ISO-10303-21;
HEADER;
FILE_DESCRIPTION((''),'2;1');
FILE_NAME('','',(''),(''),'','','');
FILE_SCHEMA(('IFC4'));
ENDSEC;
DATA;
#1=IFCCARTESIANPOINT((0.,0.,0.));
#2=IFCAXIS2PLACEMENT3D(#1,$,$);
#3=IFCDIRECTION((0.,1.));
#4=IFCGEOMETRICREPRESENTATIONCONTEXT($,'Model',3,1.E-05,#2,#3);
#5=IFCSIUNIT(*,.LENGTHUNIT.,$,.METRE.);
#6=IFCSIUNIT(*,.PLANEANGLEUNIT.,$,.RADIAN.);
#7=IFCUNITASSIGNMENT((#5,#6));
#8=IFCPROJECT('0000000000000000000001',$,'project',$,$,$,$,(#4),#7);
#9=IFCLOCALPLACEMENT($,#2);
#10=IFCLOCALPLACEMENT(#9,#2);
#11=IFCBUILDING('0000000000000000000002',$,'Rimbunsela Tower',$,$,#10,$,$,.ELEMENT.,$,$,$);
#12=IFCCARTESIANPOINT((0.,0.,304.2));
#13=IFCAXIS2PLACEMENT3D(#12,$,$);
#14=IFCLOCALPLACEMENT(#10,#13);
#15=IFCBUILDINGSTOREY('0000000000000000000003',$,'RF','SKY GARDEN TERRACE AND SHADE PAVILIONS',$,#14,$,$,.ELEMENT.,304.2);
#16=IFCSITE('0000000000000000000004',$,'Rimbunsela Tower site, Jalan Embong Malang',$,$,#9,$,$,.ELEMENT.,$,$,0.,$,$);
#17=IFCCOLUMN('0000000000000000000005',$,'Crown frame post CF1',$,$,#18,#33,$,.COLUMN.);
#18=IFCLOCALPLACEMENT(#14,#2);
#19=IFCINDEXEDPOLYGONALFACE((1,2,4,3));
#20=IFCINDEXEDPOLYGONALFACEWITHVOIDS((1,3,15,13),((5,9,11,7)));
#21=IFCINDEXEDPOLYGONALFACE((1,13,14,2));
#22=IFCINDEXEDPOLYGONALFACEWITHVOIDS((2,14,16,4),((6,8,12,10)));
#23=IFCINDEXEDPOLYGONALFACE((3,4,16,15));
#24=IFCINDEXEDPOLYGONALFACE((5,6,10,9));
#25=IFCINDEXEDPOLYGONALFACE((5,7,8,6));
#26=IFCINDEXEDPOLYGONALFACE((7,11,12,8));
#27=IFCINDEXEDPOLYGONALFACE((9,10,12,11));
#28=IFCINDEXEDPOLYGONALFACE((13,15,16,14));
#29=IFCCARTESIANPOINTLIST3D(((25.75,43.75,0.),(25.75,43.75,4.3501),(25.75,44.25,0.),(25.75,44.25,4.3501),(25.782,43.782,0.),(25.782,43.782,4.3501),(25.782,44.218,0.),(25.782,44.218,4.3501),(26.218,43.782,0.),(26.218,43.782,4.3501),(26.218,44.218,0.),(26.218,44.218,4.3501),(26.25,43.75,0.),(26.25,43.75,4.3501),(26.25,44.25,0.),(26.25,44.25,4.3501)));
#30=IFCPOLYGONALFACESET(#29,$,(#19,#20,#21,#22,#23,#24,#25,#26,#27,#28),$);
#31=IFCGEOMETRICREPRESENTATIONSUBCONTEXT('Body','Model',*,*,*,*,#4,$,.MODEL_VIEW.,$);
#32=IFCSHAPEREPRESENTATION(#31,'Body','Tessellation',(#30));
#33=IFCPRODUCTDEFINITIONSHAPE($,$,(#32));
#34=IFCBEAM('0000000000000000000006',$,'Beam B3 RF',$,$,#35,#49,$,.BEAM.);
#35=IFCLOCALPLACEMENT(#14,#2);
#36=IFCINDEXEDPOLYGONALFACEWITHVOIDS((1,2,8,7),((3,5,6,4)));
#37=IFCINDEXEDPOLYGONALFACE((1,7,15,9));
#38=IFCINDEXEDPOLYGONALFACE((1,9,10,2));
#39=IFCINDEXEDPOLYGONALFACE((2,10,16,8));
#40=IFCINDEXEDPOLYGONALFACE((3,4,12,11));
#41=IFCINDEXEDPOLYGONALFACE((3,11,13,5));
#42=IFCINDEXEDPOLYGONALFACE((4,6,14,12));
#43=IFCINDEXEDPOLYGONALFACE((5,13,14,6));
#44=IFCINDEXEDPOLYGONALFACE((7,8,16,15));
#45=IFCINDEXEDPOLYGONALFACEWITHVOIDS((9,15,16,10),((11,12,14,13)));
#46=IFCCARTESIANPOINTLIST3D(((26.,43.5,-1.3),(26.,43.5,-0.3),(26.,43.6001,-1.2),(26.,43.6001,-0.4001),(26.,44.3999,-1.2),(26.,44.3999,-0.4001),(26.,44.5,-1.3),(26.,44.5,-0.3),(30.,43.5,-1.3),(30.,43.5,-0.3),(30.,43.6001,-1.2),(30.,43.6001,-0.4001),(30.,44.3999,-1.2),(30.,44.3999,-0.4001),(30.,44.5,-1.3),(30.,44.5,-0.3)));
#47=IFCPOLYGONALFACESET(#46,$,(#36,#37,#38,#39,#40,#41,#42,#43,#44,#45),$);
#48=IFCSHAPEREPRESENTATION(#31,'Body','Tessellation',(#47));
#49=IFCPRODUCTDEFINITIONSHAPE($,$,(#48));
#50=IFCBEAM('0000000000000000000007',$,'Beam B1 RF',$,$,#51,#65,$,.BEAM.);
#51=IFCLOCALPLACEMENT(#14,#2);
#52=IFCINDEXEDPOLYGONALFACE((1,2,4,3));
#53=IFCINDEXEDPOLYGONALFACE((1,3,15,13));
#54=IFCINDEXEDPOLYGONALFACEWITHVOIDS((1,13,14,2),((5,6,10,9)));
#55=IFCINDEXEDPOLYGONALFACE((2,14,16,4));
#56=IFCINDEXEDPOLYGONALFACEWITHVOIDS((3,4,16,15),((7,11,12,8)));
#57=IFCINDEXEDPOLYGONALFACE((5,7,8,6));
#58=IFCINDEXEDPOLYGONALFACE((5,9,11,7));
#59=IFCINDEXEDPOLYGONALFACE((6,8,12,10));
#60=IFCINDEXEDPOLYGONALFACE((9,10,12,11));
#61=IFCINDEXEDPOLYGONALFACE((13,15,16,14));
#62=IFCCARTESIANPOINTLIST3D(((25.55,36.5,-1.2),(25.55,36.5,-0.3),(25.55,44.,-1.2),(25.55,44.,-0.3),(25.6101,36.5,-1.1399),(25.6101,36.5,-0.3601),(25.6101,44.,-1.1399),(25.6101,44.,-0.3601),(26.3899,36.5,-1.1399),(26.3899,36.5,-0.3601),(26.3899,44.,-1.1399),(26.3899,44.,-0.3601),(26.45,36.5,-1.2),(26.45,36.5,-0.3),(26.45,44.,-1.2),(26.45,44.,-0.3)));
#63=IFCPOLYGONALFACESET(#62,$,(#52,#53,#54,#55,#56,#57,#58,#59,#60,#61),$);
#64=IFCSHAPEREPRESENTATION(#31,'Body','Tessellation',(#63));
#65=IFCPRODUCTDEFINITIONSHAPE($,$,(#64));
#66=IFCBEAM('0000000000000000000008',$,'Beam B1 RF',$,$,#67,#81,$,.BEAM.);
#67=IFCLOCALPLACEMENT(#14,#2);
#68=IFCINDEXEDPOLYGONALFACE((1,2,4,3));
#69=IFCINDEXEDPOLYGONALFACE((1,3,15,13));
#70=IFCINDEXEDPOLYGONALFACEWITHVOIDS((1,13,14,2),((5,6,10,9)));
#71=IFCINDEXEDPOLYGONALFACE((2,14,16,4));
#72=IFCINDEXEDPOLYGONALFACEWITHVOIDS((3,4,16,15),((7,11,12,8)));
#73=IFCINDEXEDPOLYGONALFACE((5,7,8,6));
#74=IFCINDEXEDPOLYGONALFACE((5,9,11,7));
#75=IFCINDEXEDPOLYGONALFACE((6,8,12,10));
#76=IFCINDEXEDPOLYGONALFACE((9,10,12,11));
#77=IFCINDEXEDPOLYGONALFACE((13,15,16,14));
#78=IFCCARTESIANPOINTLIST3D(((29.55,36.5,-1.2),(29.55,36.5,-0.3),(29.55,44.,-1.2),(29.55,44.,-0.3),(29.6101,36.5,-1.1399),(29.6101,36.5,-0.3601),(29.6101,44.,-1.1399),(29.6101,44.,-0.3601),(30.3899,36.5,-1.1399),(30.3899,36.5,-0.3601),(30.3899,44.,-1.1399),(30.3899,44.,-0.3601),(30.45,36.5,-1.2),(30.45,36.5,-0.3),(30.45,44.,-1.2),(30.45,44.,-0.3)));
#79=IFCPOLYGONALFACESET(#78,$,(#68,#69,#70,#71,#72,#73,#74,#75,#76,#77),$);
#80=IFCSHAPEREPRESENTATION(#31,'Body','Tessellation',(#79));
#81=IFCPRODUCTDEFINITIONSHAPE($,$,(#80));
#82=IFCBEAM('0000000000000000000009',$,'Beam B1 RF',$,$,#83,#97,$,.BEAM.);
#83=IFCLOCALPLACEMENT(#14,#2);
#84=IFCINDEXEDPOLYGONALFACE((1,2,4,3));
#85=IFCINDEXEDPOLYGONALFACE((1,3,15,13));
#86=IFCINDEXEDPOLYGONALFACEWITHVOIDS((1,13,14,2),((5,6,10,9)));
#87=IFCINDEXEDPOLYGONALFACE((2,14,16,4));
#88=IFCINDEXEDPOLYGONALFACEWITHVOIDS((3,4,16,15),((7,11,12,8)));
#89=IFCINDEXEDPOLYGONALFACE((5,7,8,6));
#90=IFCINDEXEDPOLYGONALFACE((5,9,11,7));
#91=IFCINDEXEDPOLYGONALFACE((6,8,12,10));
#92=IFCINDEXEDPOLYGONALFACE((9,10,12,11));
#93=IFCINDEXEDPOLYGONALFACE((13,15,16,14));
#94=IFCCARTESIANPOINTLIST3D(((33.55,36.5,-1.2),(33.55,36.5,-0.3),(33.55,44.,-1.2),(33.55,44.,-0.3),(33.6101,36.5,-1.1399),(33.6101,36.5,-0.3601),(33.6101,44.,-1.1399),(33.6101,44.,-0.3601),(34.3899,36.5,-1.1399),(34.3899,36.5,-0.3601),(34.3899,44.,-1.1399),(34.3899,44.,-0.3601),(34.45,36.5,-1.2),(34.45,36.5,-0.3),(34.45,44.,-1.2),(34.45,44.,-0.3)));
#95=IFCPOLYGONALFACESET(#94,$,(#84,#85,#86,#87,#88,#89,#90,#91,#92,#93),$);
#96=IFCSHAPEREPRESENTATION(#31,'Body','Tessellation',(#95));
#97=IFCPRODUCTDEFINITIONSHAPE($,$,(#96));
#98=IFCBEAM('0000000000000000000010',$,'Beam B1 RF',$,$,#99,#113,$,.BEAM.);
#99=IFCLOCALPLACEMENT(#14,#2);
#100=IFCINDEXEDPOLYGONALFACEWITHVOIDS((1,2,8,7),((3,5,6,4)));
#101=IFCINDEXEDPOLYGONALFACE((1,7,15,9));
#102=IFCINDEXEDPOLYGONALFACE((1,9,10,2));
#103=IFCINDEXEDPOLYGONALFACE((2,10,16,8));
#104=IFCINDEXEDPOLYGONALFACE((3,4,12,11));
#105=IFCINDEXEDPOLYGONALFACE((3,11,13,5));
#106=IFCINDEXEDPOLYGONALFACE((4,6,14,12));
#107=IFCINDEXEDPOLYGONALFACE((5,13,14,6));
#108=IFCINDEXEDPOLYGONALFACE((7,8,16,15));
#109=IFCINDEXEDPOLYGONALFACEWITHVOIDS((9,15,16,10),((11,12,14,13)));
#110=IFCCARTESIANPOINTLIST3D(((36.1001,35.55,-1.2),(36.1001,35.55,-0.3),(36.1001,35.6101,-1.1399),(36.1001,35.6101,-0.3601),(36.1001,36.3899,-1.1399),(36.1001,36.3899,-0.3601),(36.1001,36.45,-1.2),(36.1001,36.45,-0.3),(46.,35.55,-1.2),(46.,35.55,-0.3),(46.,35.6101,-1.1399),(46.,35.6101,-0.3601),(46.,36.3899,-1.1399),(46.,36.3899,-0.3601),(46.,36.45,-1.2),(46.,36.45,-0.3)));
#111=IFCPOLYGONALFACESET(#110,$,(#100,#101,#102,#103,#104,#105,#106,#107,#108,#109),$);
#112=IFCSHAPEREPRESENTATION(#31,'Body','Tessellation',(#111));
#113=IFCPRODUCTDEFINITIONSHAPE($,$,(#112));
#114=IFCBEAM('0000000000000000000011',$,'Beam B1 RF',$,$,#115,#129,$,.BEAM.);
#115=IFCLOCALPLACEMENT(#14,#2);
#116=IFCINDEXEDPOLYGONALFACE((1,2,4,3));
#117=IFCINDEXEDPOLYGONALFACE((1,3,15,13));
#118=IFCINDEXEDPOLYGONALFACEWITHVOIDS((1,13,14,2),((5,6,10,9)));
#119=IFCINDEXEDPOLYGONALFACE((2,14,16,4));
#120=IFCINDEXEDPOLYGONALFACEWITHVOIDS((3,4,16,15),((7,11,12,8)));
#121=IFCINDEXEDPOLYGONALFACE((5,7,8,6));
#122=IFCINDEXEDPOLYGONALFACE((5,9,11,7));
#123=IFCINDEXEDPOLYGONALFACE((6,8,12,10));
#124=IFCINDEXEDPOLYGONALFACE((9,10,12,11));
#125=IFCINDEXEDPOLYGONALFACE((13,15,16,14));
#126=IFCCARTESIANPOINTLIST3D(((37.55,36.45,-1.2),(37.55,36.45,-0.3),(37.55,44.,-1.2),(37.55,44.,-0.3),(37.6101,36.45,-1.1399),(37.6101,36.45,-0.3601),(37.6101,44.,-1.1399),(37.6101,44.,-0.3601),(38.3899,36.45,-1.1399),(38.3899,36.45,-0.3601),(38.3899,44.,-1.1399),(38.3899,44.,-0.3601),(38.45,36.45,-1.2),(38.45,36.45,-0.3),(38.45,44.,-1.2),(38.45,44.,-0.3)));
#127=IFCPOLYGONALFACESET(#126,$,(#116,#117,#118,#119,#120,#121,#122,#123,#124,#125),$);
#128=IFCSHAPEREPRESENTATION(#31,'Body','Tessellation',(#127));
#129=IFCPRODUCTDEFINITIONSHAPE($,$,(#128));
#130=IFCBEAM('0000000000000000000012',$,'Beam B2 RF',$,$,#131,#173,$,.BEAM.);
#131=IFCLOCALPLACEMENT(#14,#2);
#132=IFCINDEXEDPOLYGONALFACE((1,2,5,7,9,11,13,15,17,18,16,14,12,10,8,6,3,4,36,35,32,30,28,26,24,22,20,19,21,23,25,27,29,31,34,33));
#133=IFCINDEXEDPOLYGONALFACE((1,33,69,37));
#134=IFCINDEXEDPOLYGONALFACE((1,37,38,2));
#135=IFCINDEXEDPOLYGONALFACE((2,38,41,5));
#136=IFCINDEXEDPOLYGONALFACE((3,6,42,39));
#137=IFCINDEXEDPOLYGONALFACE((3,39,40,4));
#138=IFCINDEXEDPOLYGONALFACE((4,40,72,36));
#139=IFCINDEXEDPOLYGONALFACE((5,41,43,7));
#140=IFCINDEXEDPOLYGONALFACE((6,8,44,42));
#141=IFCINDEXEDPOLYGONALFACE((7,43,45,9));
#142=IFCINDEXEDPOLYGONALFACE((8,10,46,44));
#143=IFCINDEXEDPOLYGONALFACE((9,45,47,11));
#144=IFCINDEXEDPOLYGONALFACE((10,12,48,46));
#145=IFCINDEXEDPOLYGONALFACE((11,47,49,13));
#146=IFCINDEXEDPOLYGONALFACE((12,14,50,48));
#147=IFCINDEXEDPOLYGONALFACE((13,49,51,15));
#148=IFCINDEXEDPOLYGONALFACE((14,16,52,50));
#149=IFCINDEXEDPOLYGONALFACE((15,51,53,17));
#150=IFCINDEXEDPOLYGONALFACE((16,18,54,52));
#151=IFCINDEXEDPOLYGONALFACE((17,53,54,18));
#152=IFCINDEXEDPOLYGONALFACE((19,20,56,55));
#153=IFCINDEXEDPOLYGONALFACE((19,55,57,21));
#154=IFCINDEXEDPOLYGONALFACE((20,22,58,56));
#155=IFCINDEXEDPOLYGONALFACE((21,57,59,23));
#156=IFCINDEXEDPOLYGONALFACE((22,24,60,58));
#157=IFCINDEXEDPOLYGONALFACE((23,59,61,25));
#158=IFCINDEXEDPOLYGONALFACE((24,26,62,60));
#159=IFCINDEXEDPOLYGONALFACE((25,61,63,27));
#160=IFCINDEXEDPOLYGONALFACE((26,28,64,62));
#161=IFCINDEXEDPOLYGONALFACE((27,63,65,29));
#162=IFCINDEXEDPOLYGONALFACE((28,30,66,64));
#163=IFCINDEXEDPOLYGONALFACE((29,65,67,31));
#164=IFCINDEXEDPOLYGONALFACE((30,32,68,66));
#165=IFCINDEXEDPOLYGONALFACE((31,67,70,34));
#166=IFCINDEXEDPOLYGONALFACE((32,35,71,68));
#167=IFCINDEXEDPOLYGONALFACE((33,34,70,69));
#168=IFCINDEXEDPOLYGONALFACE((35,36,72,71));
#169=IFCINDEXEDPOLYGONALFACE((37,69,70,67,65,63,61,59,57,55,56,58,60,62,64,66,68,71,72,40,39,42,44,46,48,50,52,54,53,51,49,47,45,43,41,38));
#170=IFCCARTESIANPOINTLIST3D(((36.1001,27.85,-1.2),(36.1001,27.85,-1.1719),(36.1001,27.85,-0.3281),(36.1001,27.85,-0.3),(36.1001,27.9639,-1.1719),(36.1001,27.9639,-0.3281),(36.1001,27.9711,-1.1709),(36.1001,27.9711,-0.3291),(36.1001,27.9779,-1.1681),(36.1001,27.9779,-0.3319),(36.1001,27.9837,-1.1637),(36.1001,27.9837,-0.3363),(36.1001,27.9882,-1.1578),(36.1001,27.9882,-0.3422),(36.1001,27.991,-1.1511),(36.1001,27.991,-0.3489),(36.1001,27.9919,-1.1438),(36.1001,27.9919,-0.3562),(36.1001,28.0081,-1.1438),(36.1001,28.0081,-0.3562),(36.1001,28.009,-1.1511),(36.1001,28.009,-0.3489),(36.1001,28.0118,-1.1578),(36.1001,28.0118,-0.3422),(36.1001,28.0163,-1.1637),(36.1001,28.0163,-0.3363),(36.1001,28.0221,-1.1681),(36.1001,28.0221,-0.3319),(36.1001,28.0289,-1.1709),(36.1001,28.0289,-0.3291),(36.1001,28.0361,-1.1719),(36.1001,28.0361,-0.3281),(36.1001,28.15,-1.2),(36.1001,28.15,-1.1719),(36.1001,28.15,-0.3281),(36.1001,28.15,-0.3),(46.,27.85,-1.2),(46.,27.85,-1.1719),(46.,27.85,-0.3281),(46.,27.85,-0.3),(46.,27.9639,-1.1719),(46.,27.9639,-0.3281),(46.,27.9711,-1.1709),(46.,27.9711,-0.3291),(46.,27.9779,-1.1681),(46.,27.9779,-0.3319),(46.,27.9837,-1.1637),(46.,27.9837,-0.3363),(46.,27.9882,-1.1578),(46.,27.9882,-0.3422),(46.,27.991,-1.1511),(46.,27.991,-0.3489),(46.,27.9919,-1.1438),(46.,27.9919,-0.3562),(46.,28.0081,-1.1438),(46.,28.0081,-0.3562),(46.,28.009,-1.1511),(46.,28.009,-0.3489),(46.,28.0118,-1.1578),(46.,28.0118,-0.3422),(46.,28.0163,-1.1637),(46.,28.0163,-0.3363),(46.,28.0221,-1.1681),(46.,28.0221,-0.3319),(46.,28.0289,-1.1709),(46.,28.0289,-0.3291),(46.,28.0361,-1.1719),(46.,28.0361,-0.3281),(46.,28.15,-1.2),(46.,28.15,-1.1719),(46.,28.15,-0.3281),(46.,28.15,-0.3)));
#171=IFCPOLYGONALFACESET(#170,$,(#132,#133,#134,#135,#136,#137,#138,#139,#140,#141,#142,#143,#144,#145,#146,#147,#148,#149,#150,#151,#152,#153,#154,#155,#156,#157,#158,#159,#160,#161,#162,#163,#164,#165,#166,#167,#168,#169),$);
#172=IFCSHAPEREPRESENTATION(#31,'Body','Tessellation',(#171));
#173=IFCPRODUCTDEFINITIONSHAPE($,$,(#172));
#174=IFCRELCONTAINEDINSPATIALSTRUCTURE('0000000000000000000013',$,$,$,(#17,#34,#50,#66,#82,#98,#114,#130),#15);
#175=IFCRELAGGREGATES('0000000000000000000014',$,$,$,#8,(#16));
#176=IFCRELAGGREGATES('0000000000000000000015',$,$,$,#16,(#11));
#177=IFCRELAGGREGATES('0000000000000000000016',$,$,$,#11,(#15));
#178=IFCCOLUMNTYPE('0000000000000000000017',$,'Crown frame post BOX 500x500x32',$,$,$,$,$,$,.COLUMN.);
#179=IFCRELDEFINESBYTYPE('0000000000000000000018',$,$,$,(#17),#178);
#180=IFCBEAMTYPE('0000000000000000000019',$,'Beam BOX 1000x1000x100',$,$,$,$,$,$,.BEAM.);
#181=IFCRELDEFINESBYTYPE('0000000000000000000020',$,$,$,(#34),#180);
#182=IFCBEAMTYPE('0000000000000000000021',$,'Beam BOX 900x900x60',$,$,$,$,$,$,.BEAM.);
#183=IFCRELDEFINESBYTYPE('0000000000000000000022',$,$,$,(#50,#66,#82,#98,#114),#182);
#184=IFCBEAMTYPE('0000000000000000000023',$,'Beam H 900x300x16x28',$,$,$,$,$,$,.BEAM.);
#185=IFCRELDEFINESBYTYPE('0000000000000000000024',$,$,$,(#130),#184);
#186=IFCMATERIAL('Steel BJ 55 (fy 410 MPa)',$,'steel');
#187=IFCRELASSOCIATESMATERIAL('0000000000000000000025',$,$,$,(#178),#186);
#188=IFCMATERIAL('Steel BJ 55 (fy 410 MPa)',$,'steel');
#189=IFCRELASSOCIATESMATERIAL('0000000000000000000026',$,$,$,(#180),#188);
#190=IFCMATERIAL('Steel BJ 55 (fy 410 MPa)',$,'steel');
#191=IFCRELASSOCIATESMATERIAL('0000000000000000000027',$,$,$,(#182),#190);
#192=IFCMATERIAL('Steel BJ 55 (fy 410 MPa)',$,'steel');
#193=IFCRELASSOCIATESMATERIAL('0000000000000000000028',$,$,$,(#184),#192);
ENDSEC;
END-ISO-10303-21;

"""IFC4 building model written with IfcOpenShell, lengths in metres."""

from ifc_helpers import new_model, si_unit, direction, frame, origin, origin_2d, place, context, subcontext, project, spatial, hollow_rectangle, i_section, extrude, material, material_profile, profile_set, type_object, element, save


model = new_model("IFC4")

# Units and contexts
model_context = context("Model", 3, precision=1e-05, world=origin(), true_north=direction((0.0, 1.0)))
body_context = subcontext(model_context, "Body", "Model", "MODEL_VIEW")
ifc_project = project(units=[si_unit("LENGTHUNIT", "METRE"), si_unit("PLANEANGLEUNIT", "RADIAN")], contexts=[model_context])

# Site, building, storey
site_placement = place(None, origin())
site = spatial("IfcSite", under=ifc_project, at=site_placement, Name="Rimbunsela Tower site, Jalan Embong Malang", CompositionType="ELEMENT", RefElevation=0.0)
building_placement = place(site_placement, origin())
building = spatial("IfcBuilding", under=site, at=building_placement, Name="Rimbunsela Tower", CompositionType="ELEMENT")
storey_placement = place(building_placement, frame((0.0, 0.0, 304.2)))
storey = spatial("IfcBuildingStorey", under=building, at=storey_placement, Name="RF", Description="SKY GARDEN TERRACE AND SHADE PAVILIONS", CompositionType="ELEMENT", Elevation=304.2)

# Column
ifc_material_1 = material(Name="Steel BJ 55 (fy 410 MPa)", Category="steel")
ifc_material_profile_1 = material_profile(ifc_material_1, hollow_rectangle(XDim=0.5, YDim=0.5, WallThickness=0.032, at=origin_2d()), Name="BOX 500x500x32")
ifc_profile_set_1 = profile_set([ifc_material_profile_1], Name="Steel BJ 55 (fy 410 MPa)")
column_type = type_object("IfcColumnType", Name="Crown frame post BOX 500x500x32", PredefinedType="COLUMN", material=ifc_profile_set_1)
column_placement = place(storey_placement, frame((26.0, 44.0, 0.0), z_axis=(0.0, 0.0, 1.0), x_axis=(1.0, 0.0, 0.0)))
element("IfcColumn", 1, at=column_placement, inside=storey, type_object=column_type, Name="Crown frame post CF1", PredefinedType="COLUMN", context=body_context, shape_type="SweptSolid", body=[
    extrude(hollow_rectangle(XDim=0.5, YDim=0.5, WallThickness=0.032, at=origin_2d()), origin(), (0.0, 0.0, 1.0), 4.3501),
])

# Beams
ifc_material_2 = material(Name="Steel BJ 55 (fy 410 MPa)", Category="steel")
ifc_material_profile_2 = material_profile(ifc_material_2, hollow_rectangle(XDim=1.0, YDim=1.0, WallThickness=0.1001, at=origin_2d()), Name="BOX 1000x1000x100")
ifc_profile_set_2 = profile_set([ifc_material_profile_2], Name="Steel BJ 55 (fy 410 MPa)")
beam_type_1 = type_object("IfcBeamType", Name="Beam BOX 1000x1000x100", PredefinedType="BEAM", material=ifc_profile_set_2)
beam_1_placement = place(storey_placement, frame((26.0, 44.0, -0.8), z_axis=(1.0, 0.0, 0.0), x_axis=(0.0, 1.0, 0.0)))
element("IfcBeam", 2, at=beam_1_placement, inside=storey, type_object=beam_type_1, Name="Beam B3 RF", PredefinedType="BEAM", context=body_context, shape_type="SweptSolid", body=[
    extrude(hollow_rectangle(XDim=1.0, YDim=1.0, WallThickness=0.1001, at=origin_2d()), origin(), (0.0, 0.0, 1.0), 4.0),
])
ifc_material_3 = material(Name="Steel BJ 55 (fy 410 MPa)", Category="steel")
ifc_material_profile_3 = material_profile(ifc_material_3, hollow_rectangle(XDim=0.8999, YDim=0.8999, WallThickness=0.0601, at=origin_2d()), Name="BOX 900x900x60")
ifc_profile_set_3 = profile_set([ifc_material_profile_3], Name="Steel BJ 55 (fy 410 MPa)")
beam_type_2 = type_object("IfcBeamType", Name="Beam BOX 900x900x60", PredefinedType="BEAM", material=ifc_profile_set_3)
for number, where, z_axis, x_axis, name in (
    (3, (26.0, 36.5, -0.75), (0.0, 1.0, 0.0), (-1.0, 0.0, 0.0), "Beam B1 RF"),
    (4, (30.0, 36.5, -0.75), (0.0, 1.0, 0.0), (-1.0, 0.0, 0.0), "Beam B1 RF"),
    (5, (34.0, 36.5, -0.75), (0.0, 1.0, 0.0), (-1.0, 0.0, 0.0), "Beam B1 RF"),
):
    element("IfcBeam", number, at=place(storey_placement, frame(where, z_axis=z_axis, x_axis=x_axis)), inside=storey, type_object=beam_type_2, Name=name, PredefinedType="BEAM", context=body_context, shape_type="SweptSolid", body=[
        extrude(hollow_rectangle(XDim=0.8999, YDim=0.8999, WallThickness=0.0601, at=origin_2d()), origin(), (0.0, 0.0, 1.0), 7.5),
    ])
beam_2_placement = place(storey_placement, frame((36.1001, 36.0, -0.75), z_axis=(1.0, 0.0, 0.0), x_axis=(0.0, 1.0, 0.0)))
element("IfcBeam", 6, at=beam_2_placement, inside=storey, type_object=beam_type_2, Name="Beam B1 RF", PredefinedType="BEAM", context=body_context, shape_type="SweptSolid", body=[
    extrude(hollow_rectangle(XDim=0.8999, YDim=0.8999, WallThickness=0.0601, at=origin_2d()), origin(), (0.0, 0.0, 1.0), 9.8999),
])
beam_3_placement = place(storey_placement, frame((38.0, 36.45, -0.75), z_axis=(0.0, 1.0, 0.0), x_axis=(-1.0, 0.0, 0.0)))
element("IfcBeam", 7, at=beam_3_placement, inside=storey, type_object=beam_type_2, Name="Beam B1 RF", PredefinedType="BEAM", context=body_context, shape_type="SweptSolid", body=[
    extrude(hollow_rectangle(XDim=0.8999, YDim=0.8999, WallThickness=0.0601, at=origin_2d()), origin(), (0.0, 0.0, 1.0), 7.55),
])
ifc_material_4 = material(Name="Steel BJ 55 (fy 410 MPa)", Category="steel")
ifc_material_profile_4 = material_profile(ifc_material_4, i_section(OverallWidth=0.3, OverallDepth=0.8999, WebThickness=0.0161, FlangeThickness=0.0281, FilletRadius=0.0281, at=origin_2d()), Name="H 900x300x16x28")
ifc_profile_set_4 = profile_set([ifc_material_profile_4], Name="Steel BJ 55 (fy 410 MPa)")
beam_type_3 = type_object("IfcBeamType", Name="Beam H 900x300x16x28", PredefinedType="BEAM", material=ifc_profile_set_4)
for number, where, z_axis, x_axis, name in (
    (8, (36.1001, 28.0, -0.75), (1.0, 0.0, 0.0), (0.0, 1.0, 0.0), "Beam B2 RF"),
):
    element("IfcBeam", number, at=place(storey_placement, frame(where, z_axis=z_axis, x_axis=x_axis)), inside=storey, type_object=beam_type_3, Name=name, PredefinedType="BEAM", context=body_context, shape_type="SweptSolid", body=[
        extrude(i_section(OverallWidth=0.3, OverallDepth=0.8999, WebThickness=0.0161, FlangeThickness=0.0281, FilletRadius=0.0281, at=origin_2d()), origin(), (0.0, 0.0, 1.0), 9.8999),
    ])

save(model, "model.ifc")
